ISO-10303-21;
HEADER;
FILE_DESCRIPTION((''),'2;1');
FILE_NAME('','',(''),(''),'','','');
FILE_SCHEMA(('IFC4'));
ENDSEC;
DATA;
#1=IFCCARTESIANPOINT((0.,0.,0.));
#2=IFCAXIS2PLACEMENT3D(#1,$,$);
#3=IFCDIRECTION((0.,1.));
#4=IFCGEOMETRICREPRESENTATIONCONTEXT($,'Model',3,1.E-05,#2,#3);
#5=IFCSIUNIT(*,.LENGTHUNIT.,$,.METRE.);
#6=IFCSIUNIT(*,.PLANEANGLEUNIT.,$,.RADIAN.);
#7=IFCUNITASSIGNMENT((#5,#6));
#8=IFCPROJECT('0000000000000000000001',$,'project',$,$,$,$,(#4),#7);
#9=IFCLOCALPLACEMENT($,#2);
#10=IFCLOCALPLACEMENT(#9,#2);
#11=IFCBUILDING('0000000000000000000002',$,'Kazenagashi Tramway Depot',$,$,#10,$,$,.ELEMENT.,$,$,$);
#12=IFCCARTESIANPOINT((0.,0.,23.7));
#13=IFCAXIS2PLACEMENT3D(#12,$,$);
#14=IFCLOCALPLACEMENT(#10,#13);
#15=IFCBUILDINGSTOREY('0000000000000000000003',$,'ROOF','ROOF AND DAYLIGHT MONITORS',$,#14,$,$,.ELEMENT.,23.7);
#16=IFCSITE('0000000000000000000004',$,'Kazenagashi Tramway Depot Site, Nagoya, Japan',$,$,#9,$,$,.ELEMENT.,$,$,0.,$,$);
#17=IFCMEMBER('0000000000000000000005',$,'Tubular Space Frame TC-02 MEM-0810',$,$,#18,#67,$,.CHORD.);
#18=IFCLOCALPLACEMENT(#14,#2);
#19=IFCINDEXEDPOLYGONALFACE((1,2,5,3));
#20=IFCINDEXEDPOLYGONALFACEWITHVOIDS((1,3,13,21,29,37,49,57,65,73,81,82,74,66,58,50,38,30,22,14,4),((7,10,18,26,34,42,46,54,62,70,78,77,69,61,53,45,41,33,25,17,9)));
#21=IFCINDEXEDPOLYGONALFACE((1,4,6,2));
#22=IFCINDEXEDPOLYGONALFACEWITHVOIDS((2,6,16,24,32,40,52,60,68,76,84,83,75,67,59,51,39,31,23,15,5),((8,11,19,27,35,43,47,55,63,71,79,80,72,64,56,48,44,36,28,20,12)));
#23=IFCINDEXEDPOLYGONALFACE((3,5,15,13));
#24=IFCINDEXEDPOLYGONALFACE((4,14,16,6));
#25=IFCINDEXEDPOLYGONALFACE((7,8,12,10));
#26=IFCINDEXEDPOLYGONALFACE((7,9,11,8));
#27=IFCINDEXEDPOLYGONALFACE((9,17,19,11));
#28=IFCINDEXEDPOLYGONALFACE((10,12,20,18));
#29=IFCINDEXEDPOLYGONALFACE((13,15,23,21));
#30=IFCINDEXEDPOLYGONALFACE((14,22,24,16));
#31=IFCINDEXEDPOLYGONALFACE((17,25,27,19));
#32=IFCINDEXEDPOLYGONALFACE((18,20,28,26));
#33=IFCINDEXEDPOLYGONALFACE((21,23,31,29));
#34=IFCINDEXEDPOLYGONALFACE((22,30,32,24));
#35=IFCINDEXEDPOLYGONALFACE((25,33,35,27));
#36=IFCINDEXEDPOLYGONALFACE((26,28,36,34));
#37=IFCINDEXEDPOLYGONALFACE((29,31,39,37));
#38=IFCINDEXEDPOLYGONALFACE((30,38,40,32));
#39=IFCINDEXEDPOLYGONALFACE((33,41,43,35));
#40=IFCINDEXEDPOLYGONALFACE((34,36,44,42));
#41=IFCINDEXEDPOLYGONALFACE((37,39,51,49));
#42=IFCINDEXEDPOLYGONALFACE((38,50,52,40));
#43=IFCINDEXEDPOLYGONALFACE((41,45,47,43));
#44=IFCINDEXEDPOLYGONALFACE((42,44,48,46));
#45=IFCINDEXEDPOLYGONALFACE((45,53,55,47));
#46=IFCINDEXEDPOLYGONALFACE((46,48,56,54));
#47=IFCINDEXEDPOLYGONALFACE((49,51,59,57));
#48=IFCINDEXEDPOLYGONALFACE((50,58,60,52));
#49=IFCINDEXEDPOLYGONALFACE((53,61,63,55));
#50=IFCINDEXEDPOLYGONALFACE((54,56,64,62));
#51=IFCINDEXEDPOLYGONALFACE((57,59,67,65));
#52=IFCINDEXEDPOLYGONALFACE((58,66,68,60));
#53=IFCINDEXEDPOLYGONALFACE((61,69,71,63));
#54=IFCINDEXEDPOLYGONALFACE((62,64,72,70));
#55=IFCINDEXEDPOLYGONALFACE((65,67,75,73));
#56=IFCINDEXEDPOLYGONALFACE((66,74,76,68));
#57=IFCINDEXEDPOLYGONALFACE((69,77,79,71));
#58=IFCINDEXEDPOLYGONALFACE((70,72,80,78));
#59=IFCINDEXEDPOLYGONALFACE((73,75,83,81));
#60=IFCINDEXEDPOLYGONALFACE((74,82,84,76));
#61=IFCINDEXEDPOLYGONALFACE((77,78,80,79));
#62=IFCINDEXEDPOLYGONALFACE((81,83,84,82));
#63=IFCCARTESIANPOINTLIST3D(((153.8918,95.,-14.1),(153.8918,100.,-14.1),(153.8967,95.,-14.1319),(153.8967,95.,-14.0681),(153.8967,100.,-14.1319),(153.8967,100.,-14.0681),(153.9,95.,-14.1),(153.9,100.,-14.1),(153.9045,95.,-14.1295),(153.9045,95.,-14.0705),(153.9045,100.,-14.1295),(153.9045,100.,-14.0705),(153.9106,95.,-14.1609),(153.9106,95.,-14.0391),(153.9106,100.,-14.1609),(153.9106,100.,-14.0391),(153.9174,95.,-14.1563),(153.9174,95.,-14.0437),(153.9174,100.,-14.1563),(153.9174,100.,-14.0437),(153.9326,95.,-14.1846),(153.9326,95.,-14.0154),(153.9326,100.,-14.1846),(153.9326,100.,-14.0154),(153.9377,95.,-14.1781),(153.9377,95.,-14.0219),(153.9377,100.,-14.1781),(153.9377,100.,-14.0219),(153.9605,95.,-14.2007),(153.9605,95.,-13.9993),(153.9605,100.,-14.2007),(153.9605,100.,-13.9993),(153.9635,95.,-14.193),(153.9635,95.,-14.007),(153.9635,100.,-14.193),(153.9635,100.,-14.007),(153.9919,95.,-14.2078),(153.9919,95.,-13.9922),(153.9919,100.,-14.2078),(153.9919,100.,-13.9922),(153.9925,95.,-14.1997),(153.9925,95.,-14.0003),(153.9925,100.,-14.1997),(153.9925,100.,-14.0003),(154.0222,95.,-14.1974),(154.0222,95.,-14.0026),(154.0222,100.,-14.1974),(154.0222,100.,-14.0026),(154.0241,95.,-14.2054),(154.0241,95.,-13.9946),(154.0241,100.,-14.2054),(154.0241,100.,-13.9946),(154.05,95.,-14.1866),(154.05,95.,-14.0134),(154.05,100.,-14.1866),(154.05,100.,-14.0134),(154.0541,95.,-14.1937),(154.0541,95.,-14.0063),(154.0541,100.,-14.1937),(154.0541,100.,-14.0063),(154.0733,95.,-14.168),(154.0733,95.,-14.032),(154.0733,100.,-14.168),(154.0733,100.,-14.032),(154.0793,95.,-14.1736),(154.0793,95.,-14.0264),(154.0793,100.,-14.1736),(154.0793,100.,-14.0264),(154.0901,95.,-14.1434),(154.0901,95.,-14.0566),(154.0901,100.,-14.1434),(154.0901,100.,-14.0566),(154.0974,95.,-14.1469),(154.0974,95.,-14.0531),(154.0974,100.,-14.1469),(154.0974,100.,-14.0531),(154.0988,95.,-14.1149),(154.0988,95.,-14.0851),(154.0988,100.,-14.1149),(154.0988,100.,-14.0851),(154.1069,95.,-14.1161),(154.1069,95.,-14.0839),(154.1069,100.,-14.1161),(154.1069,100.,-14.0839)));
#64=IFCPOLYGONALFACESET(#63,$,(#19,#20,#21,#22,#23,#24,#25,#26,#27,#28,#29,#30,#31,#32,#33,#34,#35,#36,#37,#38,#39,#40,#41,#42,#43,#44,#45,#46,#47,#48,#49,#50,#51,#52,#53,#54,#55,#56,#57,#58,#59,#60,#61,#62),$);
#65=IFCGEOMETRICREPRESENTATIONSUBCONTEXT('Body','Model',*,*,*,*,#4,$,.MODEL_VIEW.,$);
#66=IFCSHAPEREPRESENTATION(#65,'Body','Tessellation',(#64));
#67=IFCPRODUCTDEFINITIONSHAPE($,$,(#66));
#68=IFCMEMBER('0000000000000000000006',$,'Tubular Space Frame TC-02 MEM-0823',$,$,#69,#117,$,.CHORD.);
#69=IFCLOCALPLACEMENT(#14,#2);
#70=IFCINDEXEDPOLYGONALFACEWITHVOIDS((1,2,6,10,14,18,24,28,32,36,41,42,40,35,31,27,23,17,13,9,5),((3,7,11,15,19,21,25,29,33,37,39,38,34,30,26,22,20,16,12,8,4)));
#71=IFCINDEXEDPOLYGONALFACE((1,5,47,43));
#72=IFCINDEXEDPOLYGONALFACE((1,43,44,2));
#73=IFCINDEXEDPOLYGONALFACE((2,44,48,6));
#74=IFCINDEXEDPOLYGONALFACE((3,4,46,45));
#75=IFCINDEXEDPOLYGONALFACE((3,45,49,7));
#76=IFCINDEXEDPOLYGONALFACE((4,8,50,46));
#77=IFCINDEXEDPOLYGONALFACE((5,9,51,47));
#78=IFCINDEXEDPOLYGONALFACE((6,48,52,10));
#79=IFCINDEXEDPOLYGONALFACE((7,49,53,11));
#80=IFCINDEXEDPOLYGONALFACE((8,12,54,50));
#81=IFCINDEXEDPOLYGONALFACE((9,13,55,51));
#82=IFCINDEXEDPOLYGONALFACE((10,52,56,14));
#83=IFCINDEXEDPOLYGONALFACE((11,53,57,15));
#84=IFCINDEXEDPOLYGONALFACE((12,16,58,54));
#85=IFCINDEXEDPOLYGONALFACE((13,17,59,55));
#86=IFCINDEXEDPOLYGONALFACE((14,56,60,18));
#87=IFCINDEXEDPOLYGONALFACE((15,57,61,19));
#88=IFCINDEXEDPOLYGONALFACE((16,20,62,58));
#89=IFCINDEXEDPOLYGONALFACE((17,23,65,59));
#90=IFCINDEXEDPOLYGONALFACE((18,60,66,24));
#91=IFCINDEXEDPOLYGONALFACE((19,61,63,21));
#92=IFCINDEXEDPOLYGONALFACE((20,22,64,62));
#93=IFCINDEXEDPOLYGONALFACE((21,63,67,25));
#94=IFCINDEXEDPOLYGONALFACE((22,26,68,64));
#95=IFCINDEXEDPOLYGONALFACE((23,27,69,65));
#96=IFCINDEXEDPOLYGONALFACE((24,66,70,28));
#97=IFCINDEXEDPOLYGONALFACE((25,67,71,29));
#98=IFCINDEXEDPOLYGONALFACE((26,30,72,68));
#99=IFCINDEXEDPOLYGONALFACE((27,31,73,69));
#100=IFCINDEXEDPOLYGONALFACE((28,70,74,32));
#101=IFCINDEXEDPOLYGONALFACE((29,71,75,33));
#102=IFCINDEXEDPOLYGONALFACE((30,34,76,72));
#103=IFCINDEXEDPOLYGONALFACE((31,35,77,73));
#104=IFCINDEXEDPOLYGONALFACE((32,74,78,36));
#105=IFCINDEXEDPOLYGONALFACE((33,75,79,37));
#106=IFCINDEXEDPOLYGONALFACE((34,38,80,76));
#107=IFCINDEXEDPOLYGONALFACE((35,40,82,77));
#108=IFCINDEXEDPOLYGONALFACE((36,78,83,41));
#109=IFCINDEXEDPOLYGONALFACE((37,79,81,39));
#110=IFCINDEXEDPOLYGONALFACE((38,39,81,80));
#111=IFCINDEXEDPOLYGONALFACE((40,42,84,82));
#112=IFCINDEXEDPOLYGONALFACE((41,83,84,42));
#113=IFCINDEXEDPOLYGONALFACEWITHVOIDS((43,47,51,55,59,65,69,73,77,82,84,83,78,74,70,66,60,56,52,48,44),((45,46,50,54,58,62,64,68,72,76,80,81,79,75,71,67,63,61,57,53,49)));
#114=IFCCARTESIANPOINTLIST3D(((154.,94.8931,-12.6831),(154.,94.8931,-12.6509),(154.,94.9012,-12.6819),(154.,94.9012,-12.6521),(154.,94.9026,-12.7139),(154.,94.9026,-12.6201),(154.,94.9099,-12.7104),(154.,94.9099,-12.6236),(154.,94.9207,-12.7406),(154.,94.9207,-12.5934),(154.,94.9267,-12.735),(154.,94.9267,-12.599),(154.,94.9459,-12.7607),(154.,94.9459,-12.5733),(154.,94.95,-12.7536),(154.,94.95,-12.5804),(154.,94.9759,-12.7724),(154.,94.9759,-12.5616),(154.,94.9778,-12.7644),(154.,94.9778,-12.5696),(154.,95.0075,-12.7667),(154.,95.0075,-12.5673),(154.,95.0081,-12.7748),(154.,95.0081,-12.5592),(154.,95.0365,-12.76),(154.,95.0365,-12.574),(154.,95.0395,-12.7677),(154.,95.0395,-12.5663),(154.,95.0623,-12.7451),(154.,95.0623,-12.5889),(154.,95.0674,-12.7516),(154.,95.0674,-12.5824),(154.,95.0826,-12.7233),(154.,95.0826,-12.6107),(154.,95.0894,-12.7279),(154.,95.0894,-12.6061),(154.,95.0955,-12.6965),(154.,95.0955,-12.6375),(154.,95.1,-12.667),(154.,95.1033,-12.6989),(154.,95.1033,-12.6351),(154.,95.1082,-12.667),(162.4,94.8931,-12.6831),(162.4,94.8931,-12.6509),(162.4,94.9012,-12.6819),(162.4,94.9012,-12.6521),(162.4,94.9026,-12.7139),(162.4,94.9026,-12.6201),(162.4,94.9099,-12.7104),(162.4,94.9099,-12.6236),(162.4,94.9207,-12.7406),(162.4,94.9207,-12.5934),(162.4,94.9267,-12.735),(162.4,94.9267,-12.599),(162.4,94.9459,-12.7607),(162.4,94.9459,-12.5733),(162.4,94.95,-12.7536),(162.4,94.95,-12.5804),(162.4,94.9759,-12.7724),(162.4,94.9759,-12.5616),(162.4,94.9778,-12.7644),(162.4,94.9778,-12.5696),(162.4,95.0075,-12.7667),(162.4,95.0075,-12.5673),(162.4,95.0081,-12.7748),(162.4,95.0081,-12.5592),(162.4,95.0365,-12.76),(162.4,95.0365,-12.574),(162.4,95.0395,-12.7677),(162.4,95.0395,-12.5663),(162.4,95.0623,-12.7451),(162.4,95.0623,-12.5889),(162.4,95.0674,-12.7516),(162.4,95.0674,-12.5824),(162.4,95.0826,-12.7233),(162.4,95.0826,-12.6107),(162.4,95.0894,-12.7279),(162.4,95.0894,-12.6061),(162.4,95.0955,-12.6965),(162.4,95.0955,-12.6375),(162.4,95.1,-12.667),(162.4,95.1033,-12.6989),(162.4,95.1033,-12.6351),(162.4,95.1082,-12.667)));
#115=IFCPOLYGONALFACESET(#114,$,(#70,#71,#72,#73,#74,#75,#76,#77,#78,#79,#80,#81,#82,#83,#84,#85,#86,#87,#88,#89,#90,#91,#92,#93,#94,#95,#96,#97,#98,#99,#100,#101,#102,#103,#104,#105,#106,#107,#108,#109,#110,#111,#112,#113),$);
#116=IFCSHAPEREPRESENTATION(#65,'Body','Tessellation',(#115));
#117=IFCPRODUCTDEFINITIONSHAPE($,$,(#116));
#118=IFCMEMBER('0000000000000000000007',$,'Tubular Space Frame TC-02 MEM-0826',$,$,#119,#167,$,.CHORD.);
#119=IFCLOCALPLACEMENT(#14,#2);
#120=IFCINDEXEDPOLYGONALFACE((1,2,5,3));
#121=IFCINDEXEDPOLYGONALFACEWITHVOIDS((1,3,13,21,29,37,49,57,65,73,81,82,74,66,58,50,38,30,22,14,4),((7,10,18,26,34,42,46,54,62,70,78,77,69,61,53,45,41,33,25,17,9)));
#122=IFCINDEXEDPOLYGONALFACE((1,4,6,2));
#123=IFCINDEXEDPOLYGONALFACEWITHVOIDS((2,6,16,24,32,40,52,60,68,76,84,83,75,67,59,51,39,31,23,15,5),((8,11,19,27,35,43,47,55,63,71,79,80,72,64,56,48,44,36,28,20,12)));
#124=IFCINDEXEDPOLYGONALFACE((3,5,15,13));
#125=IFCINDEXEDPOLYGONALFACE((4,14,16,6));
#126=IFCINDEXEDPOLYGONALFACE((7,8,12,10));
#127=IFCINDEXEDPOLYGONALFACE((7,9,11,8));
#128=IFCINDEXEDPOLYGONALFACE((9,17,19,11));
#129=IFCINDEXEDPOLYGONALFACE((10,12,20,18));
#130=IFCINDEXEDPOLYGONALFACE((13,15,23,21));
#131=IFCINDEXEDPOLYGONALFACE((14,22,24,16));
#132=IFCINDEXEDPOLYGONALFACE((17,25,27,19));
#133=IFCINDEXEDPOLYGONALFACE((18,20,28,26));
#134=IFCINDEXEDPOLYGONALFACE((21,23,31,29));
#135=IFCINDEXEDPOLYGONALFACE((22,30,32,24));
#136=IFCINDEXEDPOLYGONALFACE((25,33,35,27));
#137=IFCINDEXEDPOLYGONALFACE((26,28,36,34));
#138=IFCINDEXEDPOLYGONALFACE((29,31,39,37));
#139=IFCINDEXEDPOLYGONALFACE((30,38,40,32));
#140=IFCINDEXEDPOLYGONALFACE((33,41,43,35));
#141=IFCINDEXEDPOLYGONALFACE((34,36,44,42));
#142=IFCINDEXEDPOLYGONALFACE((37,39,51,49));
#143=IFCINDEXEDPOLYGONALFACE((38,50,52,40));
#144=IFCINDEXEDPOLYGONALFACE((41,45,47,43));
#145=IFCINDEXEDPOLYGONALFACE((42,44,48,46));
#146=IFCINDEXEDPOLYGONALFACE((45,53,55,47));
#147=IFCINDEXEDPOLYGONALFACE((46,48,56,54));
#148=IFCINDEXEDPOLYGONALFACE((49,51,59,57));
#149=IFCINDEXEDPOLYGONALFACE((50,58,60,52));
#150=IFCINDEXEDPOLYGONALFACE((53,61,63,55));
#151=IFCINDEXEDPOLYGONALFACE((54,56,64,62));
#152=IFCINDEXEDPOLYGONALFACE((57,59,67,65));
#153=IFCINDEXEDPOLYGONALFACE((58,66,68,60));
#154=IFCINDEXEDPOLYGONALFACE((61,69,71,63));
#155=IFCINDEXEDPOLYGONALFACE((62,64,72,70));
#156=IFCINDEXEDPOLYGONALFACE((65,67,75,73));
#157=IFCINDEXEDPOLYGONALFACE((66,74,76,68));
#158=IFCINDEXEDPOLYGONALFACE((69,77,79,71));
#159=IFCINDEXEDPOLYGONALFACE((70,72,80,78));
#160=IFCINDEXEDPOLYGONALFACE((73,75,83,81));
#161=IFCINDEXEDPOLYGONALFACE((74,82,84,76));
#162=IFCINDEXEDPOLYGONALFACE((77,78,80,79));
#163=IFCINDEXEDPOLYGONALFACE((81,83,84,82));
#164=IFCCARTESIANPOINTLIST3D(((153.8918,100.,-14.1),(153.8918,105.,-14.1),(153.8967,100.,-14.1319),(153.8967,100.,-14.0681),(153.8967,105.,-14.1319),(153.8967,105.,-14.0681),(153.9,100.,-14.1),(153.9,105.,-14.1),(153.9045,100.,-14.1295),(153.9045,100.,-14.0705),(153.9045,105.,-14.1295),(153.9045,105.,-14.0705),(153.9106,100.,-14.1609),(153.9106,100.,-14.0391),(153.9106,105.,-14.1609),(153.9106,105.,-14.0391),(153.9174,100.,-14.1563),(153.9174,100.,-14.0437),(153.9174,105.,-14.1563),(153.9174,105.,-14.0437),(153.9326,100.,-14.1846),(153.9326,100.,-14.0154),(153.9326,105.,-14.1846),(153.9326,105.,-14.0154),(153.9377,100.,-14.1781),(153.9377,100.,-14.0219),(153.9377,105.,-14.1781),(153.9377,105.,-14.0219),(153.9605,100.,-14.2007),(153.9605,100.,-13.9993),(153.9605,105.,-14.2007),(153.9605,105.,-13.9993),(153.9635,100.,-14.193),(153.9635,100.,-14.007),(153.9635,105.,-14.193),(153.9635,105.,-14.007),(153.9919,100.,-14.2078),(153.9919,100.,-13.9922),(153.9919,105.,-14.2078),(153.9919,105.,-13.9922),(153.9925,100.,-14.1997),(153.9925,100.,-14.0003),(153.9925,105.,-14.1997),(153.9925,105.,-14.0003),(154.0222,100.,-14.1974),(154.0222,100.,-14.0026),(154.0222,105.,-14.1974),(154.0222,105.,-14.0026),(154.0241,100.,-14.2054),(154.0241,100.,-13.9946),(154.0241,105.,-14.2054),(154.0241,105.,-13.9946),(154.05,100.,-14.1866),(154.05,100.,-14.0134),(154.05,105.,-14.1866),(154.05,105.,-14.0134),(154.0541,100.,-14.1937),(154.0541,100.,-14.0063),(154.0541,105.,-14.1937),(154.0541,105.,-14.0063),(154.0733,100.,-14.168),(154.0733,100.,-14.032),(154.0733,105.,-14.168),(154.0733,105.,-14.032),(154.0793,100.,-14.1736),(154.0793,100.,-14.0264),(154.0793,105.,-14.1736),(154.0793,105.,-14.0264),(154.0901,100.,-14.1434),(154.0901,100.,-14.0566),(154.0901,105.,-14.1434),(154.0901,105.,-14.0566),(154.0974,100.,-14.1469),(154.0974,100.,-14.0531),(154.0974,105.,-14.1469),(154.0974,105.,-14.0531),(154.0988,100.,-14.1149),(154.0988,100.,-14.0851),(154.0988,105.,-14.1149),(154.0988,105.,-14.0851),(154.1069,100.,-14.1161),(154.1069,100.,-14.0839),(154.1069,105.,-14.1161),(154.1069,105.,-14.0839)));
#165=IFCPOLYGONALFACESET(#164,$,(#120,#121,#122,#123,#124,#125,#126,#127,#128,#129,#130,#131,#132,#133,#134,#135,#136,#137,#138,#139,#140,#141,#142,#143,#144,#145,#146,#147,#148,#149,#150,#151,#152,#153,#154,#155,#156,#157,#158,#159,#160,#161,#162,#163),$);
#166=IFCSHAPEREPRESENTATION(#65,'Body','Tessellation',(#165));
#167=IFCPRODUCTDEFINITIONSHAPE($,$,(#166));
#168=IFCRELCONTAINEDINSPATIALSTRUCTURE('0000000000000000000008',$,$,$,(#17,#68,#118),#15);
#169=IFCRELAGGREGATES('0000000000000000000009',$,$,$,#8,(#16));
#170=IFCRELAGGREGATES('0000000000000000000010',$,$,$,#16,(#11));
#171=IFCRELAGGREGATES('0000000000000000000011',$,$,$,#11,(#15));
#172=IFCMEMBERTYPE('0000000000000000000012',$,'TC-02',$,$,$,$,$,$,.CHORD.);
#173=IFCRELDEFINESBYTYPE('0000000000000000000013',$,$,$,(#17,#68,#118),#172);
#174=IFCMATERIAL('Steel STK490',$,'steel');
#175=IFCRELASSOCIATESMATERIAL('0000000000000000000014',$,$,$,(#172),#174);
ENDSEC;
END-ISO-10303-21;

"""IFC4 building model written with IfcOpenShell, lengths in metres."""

from ifc_helpers import new_model, si_unit, direction, frame, origin, origin_2d, place, context, subcontext, project, spatial, hollow_circle, extrude, material, material_profile, profile_set, type_object, element, save


model = new_model("IFC4")

# Units and contexts
model_context = context("Model", 3, precision=1e-05, world=origin(), true_north=direction((0.0, 1.0)))
body_context = subcontext(model_context, "Body", "Model", "MODEL_VIEW")
ifc_project = project(units=[si_unit("LENGTHUNIT", "METRE"), si_unit("PLANEANGLEUNIT", "RADIAN")], contexts=[model_context])

# Site, building, storey
site_placement = place(None, origin())
site = spatial("IfcSite", under=ifc_project, at=site_placement, Name="Kazenagashi Tramway Depot Site, Nagoya, Japan", CompositionType="ELEMENT", RefElevation=0.0)
building_placement = place(site_placement, origin())
building = spatial("IfcBuilding", under=site, at=building_placement, Name="Kazenagashi Tramway Depot", CompositionType="ELEMENT")
storey_placement = place(building_placement, frame((0.0, 0.0, 23.7)))
storey = spatial("IfcBuildingStorey", under=building, at=storey_placement, Name="ROOF", Description="ROOF AND DAYLIGHT MONITORS", CompositionType="ELEMENT", Elevation=23.7)

# Members
ifc_material_1 = material(Name="Steel STK490", Category="steel")
ifc_material_profile_1 = material_profile(ifc_material_1, hollow_circle(Radius=0.1081, WallThickness=0.0082, at=origin_2d()), Name="CHS-216.3x8.2")
ifc_profile_set_1 = profile_set([ifc_material_profile_1], Name="Steel STK490")
member_type_1 = type_object("IfcMemberType", Name="TC-02", PredefinedType="CHORD", material=ifc_profile_set_1)
for number, where, z_axis, x_axis, name in (
    (1, (154.0, 95.0, -14.1), (0.0, 1.0, 0.0), (-1.0, 0.0, 0.0), "Tubular Space Frame TC-02 MEM-0810"),
):
    element("IfcMember", number, at=place(storey_placement, frame(where, z_axis=z_axis, x_axis=x_axis)), inside=storey, type_object=member_type_1, Name=name, PredefinedType="CHORD", context=body_context, shape_type="SweptSolid", body=[
        extrude(hollow_circle(Radius=0.1081, WallThickness=0.0082, at=origin_2d()), origin(), (0.0, 0.0, 1.0), 5.0),
    ])
member_1_placement = place(storey_placement, frame((154.0, 95.0, -12.667), z_axis=(1.0, 0.0, 0.0), x_axis=(0.0, 1.0, 0.0)))
element("IfcMember", 2, at=member_1_placement, inside=storey, type_object=member_type_1, Name="Tubular Space Frame TC-02 MEM-0823", PredefinedType="CHORD", context=body_context, shape_type="SweptSolid", body=[
    extrude(hollow_circle(Radius=0.1081, WallThickness=0.0082, at=origin_2d()), origin(), (0.0, 0.0, 1.0), 8.4),
])
for number, where, z_axis, x_axis, name in (
    (3, (154.0, 100.0, -14.1), (0.0, 1.0, 0.0), (-1.0, 0.0, 0.0), "Tubular Space Frame TC-02 MEM-0826"),
):
    element("IfcMember", number, at=place(storey_placement, frame(where, z_axis=z_axis, x_axis=x_axis)), inside=storey, type_object=member_type_1, Name=name, PredefinedType="CHORD", context=body_context, shape_type="SweptSolid", body=[
        extrude(hollow_circle(Radius=0.1081, WallThickness=0.0082, at=origin_2d()), origin(), (0.0, 0.0, 1.0), 5.0),
    ])

save(model, "model.ifc")
